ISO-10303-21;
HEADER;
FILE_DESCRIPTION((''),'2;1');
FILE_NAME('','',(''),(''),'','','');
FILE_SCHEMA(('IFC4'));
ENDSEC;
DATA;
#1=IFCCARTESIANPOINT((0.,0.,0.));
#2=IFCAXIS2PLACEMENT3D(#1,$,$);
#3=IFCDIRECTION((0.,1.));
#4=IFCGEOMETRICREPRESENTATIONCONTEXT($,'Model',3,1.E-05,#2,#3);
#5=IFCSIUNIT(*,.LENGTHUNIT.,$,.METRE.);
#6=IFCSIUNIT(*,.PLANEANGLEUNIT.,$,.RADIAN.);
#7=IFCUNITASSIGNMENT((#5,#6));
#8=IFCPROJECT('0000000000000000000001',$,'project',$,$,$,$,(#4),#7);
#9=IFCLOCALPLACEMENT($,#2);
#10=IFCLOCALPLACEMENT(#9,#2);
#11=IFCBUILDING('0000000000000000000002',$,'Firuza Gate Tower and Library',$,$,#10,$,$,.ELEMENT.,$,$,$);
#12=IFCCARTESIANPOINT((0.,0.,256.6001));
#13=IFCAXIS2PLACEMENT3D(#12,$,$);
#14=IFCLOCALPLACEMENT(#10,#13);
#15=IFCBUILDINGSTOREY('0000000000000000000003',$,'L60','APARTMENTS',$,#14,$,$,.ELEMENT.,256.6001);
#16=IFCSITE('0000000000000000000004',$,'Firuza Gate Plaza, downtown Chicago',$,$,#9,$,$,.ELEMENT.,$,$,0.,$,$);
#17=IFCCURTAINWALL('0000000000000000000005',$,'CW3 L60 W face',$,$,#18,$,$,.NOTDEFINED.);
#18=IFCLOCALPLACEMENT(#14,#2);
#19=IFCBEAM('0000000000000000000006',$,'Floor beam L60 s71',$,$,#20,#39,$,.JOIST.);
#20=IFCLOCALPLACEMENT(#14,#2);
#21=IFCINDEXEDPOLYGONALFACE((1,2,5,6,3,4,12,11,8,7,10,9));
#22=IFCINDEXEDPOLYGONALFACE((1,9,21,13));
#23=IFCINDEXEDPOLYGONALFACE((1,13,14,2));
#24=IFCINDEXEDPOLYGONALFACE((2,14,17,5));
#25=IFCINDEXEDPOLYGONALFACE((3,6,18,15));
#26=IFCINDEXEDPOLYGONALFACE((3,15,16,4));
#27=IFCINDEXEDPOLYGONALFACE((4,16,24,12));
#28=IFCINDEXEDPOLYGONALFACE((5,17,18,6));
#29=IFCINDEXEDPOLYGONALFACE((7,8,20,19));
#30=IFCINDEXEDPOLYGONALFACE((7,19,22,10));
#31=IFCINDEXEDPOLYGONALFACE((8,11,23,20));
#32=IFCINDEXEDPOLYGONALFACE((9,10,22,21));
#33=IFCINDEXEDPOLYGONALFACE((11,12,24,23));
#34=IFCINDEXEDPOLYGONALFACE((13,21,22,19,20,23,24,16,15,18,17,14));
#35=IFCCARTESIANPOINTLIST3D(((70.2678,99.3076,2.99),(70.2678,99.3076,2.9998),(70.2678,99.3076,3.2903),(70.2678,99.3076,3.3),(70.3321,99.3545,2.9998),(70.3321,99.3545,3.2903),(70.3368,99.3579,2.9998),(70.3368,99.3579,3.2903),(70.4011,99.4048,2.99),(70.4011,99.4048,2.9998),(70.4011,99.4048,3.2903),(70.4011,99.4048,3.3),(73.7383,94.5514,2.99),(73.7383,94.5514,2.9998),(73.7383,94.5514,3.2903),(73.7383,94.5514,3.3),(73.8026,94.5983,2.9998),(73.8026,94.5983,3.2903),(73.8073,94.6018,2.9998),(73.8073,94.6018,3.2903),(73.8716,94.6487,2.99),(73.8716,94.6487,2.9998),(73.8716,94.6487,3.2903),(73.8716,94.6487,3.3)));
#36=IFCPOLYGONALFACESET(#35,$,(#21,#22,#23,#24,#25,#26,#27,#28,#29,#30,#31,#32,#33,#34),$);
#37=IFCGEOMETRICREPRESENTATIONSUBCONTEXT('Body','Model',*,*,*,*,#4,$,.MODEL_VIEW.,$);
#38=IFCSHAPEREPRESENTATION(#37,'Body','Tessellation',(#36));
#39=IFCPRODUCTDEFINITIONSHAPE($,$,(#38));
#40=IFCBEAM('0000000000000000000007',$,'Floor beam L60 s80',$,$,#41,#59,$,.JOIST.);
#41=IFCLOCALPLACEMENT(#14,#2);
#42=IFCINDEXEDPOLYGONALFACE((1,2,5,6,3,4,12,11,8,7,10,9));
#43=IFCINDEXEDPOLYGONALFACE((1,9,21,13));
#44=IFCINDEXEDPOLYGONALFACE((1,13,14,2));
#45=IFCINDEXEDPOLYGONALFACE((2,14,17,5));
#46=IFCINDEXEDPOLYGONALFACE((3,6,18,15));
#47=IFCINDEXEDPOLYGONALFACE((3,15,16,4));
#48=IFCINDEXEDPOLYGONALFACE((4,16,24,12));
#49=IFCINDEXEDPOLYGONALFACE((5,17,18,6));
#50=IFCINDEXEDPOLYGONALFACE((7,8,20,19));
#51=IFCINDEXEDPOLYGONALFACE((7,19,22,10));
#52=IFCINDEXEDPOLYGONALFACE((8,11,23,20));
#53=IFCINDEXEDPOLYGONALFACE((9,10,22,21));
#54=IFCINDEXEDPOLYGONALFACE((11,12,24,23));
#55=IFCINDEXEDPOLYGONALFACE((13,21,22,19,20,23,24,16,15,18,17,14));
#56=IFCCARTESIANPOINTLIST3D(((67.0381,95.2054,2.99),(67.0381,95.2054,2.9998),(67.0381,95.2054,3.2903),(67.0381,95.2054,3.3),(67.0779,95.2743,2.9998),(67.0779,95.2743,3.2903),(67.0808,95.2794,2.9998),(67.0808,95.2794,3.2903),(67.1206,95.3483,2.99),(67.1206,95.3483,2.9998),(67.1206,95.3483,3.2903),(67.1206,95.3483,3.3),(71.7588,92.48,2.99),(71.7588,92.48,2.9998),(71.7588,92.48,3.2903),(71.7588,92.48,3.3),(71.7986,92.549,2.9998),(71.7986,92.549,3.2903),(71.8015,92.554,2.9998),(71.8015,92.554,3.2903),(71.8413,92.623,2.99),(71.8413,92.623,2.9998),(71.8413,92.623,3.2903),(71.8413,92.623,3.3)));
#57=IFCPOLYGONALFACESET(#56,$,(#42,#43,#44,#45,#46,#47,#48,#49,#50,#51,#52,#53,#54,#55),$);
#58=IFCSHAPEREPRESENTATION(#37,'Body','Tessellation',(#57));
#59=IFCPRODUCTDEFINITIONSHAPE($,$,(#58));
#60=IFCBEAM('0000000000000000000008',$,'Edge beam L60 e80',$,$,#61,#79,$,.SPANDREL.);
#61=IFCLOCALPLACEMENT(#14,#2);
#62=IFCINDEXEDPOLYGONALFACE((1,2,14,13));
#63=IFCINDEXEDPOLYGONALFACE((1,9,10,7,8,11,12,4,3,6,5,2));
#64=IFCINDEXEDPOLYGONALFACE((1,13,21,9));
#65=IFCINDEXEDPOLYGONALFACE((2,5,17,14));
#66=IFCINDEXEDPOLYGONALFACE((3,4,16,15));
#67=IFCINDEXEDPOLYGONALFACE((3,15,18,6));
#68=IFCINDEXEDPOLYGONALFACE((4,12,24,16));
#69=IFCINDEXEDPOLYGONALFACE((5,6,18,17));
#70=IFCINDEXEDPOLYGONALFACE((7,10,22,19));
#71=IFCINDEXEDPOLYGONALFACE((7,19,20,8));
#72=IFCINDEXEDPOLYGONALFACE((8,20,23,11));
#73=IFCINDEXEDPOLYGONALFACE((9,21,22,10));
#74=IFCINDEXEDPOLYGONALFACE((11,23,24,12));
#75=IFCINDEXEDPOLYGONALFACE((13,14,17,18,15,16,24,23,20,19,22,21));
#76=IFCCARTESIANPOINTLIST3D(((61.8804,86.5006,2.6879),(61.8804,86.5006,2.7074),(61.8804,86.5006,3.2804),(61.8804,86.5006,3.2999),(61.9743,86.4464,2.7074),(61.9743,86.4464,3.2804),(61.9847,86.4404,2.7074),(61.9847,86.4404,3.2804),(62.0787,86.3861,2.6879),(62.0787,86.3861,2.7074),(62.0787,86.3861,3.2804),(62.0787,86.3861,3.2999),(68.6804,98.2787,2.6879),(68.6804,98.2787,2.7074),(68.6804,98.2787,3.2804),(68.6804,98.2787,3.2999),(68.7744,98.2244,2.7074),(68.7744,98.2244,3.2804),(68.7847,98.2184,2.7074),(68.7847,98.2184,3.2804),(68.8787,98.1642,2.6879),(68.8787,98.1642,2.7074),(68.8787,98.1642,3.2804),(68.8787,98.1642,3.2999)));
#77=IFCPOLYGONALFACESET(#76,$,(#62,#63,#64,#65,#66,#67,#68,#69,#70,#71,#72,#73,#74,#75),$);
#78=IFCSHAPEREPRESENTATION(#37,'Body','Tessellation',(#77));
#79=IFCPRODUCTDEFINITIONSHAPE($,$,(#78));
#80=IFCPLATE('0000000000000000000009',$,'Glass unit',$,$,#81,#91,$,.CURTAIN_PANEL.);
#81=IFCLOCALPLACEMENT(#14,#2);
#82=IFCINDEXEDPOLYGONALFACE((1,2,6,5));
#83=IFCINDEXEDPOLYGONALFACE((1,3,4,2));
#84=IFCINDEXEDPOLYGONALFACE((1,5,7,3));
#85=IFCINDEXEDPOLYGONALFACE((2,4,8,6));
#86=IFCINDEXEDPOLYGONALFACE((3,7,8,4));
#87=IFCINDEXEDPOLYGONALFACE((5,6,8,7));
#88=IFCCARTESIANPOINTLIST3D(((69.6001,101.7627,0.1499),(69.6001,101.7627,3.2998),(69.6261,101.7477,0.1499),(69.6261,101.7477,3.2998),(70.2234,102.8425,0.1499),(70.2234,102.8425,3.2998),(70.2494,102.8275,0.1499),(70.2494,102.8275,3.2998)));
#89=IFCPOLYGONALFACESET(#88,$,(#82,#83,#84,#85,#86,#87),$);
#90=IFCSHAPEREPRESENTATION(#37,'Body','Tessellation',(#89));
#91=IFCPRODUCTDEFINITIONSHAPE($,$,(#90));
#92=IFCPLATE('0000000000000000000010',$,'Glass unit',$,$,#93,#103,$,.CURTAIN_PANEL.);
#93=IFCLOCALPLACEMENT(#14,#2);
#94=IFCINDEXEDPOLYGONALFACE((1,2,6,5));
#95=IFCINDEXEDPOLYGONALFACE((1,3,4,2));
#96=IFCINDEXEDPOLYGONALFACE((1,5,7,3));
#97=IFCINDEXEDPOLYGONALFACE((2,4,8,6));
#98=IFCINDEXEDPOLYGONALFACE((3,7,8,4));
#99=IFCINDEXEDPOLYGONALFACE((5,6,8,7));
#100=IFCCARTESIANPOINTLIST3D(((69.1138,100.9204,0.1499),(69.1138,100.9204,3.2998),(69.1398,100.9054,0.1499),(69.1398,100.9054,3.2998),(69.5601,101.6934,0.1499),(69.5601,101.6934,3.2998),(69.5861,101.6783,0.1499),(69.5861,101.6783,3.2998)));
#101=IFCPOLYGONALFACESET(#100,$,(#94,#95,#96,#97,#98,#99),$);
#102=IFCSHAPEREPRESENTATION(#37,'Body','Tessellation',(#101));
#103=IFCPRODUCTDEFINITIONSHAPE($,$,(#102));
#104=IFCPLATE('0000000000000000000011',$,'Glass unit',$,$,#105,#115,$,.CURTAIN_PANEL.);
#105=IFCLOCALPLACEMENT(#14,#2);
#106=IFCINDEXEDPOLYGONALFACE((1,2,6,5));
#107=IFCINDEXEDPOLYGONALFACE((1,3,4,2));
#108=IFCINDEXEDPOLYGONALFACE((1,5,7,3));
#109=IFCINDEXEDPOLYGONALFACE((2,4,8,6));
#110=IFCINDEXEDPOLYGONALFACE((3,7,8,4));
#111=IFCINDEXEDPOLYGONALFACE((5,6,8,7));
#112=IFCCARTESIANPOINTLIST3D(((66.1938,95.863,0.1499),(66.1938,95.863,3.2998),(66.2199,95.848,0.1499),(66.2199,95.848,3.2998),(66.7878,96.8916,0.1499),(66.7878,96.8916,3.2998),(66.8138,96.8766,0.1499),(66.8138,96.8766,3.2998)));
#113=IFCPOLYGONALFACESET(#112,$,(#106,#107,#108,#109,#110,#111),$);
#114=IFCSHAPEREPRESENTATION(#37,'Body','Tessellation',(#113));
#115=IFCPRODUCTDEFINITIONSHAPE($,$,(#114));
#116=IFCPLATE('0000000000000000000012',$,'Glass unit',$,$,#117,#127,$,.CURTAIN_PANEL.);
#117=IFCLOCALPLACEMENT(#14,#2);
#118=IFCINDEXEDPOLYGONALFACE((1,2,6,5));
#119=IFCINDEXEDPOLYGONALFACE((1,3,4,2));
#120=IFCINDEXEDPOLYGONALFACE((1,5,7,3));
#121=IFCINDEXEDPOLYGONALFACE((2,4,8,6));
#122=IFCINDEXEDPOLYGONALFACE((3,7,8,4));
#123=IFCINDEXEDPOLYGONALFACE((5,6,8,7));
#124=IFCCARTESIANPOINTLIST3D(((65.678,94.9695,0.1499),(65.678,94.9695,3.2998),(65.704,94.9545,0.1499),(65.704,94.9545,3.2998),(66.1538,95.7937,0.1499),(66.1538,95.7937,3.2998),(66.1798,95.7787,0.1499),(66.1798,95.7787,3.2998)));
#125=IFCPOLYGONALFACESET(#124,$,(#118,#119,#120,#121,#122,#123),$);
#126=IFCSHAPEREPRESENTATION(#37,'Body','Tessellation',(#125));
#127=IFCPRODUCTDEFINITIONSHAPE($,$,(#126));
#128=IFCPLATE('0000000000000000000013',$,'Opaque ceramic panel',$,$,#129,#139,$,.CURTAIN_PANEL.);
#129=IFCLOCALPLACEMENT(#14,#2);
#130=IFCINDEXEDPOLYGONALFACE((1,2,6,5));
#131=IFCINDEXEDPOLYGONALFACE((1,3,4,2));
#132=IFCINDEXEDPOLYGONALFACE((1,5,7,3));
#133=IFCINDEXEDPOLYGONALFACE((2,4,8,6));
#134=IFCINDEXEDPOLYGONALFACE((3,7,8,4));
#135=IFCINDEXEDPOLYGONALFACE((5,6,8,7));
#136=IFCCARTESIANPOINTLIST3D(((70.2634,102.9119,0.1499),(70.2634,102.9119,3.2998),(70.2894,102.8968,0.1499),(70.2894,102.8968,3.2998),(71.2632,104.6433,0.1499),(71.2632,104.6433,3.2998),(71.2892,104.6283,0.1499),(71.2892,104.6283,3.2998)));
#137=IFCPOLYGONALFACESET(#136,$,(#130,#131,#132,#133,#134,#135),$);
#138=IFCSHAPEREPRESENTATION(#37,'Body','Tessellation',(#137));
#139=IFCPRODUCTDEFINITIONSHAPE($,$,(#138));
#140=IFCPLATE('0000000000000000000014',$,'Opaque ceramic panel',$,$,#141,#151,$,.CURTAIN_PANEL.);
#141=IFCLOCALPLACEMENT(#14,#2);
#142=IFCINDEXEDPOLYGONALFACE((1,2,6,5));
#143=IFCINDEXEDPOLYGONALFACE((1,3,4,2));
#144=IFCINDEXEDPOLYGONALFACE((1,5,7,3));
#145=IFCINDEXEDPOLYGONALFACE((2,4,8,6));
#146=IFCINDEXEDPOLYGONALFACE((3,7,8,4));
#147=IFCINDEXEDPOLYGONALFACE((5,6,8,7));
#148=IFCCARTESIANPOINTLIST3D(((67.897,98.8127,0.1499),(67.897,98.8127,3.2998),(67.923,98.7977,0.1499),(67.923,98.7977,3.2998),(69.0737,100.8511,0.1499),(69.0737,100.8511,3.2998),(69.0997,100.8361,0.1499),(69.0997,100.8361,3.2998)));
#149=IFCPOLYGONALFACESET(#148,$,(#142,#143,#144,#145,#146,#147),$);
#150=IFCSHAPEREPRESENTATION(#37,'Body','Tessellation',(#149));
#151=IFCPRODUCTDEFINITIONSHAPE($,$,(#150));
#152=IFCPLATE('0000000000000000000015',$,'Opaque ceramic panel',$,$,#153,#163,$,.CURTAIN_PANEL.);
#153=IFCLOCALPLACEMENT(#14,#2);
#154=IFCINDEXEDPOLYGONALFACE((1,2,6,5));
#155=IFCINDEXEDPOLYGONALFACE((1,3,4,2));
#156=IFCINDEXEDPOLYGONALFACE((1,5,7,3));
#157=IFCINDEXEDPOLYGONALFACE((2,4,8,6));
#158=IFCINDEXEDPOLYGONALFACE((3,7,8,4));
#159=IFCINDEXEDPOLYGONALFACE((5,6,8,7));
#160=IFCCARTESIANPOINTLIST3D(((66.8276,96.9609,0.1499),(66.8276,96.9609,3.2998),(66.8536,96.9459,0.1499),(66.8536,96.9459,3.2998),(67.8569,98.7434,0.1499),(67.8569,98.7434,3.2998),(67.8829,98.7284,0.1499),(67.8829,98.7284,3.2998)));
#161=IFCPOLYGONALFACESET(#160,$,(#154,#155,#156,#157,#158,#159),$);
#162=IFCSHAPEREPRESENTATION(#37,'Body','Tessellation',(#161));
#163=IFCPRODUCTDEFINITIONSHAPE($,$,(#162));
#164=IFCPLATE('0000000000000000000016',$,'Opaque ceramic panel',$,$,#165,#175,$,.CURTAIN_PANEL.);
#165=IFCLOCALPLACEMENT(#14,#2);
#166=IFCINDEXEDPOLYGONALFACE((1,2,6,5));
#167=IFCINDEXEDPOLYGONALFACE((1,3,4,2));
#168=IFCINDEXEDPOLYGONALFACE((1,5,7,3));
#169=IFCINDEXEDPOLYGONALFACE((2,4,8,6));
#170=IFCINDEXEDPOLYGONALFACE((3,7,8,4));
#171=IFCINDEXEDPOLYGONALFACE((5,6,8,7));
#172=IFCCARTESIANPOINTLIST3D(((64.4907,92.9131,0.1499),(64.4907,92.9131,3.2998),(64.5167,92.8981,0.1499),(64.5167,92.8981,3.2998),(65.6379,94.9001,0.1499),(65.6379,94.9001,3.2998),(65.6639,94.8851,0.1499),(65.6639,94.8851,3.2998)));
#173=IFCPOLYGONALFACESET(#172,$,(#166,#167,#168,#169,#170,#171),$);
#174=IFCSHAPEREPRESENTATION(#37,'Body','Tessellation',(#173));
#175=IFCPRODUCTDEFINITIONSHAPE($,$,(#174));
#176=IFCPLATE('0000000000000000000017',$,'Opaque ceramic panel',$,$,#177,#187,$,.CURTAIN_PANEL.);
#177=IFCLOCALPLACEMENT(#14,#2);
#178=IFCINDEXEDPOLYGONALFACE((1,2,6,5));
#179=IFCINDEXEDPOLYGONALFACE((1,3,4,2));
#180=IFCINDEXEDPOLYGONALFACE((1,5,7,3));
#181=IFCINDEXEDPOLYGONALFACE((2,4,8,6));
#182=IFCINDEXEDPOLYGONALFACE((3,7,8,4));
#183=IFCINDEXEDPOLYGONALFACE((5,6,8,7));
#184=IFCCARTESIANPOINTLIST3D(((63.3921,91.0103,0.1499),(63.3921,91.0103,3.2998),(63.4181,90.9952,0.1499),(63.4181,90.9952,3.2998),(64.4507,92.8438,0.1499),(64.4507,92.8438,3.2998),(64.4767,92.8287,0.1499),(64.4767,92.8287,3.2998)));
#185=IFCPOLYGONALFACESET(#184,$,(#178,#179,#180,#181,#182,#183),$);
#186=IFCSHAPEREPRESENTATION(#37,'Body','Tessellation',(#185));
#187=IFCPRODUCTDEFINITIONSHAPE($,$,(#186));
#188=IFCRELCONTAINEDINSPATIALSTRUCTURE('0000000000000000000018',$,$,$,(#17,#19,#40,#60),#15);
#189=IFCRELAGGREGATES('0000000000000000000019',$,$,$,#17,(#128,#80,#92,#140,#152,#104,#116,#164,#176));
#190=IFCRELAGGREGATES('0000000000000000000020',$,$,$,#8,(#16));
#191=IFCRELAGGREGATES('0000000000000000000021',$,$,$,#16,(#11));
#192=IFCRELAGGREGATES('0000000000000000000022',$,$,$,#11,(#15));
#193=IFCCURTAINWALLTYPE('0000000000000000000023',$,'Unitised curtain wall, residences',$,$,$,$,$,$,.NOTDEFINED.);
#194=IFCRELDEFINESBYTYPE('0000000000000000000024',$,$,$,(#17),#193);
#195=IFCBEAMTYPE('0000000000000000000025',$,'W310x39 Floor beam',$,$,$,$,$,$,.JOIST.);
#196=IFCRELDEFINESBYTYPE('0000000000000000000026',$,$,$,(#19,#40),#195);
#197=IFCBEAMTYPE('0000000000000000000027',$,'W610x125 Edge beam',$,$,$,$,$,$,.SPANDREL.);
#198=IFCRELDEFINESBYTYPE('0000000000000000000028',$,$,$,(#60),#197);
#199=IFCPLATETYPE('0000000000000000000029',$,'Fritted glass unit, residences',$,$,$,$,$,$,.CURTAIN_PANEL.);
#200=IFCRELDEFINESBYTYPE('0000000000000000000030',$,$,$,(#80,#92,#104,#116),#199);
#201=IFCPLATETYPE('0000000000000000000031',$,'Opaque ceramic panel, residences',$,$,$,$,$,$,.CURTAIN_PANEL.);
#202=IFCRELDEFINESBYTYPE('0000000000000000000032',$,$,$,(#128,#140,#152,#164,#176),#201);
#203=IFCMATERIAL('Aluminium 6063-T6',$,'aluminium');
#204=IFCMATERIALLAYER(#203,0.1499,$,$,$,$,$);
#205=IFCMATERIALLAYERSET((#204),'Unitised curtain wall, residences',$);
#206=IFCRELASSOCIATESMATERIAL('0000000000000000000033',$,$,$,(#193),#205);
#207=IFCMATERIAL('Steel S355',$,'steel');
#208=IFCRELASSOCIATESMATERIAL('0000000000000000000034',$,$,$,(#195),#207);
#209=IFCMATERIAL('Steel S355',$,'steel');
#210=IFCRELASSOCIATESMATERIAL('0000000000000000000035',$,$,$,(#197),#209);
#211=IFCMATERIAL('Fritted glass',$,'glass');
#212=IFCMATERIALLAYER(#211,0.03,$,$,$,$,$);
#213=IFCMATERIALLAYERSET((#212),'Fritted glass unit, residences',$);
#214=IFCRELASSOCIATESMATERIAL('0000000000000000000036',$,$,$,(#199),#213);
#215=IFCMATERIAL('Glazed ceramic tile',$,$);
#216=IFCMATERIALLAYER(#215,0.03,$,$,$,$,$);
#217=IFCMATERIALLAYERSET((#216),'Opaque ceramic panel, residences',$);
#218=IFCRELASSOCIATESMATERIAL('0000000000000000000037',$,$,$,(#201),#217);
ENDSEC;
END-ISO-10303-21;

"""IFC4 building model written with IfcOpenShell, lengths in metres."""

from ifc_helpers import new_model, si_unit, direction, frame, origin, origin_2d, place, context, subcontext, project, spatial, polyline, i_section, outline, extrude, material, layer, layer_set, material_profile, profile_set, type_object, element, aggregate, save


model = new_model("IFC4")

# Units and contexts
model_context = context("Model", 3, precision=1e-05, world=origin(), true_north=direction((0.0, 1.0)))
body_context = subcontext(model_context, "Body", "Model", "MODEL_VIEW")
ifc_project = project(units=[si_unit("LENGTHUNIT", "METRE"), si_unit("PLANEANGLEUNIT", "RADIAN")], contexts=[model_context])

# Site, building, storey
site_placement = place(None, origin())
site = spatial("IfcSite", under=ifc_project, at=site_placement, Name="Firuza Gate Plaza, downtown Chicago", CompositionType="ELEMENT", RefElevation=0.0)
building_placement = place(site_placement, origin())
building = spatial("IfcBuilding", under=site, at=building_placement, Name="Firuza Gate Tower and Library", CompositionType="ELEMENT")
storey_placement = place(building_placement, frame((0.0, 0.0, 256.6001)))
storey = spatial("IfcBuildingStorey", under=building, at=storey_placement, Name="L60", Description="APARTMENTS", CompositionType="ELEMENT", Elevation=256.6001)

# Curtain wall
ifc_material_1 = material(Name="Aluminium 6063-T6", Category="aluminium")
ifc_layer_1 = layer(ifc_material_1, 0.1499)
ifc_layer_set_1 = layer_set([ifc_layer_1], Name="Unitised curtain wall, residences")
curtain_wall_type = type_object("IfcCurtainWallType", Name="Unitised curtain wall, residences", PredefinedType="NOTDEFINED", material=ifc_layer_set_1)
curtain_wall_placement = place(storey_placement, origin())
curtain_wall = element("IfcCurtainWall", 1, at=curtain_wall_placement, inside=storey, type_object=curtain_wall_type, Name="CW3 L60 W face", PredefinedType="NOTDEFINED")

# Beams
ifc_material_2 = material(Name="Steel S355", Category="steel")
ifc_material_profile_1 = material_profile(ifc_material_2, i_section(OverallWidth=0.165, OverallDepth=0.3101, WebThickness=0.0059, FlangeThickness=0.0098, at=origin_2d()))
ifc_profile_set_1 = profile_set([ifc_material_profile_1], Name="Steel S355")
beam_type_1 = type_object("IfcBeamType", Name="W310x39 Floor beam", PredefinedType="JOIST", material=ifc_profile_set_1)
beam_1_placement = place(storey_placement, frame((70.3345, 99.3562, 3.145), z_axis=(0.589446, -0.807808, 0.0), x_axis=(0.807808, 0.589446, 0.0)))
element("IfcBeam", 2, at=beam_1_placement, inside=storey, type_object=beam_type_1, Name="Floor beam L60 s71", PredefinedType="JOIST", context=body_context, shape_type="SweptSolid", body=[
    extrude(i_section(OverallWidth=0.165, OverallDepth=0.3101, WebThickness=0.0059, FlangeThickness=0.0098, at=origin_2d()), origin(), (0.0, 0.0, 1.0), 5.8877),
])
beam_2_placement = place(storey_placement, frame((67.0793, 95.2769, 3.145), z_axis=(0.866038, -0.499978, 0.0), x_axis=(0.499978, 0.866038, 0.0)))
element("IfcBeam", 3, at=beam_2_placement, inside=storey, type_object=beam_type_1, Name="Floor beam L60 s80", PredefinedType="JOIST", context=body_context, shape_type="SweptSolid", body=[
    extrude(i_section(OverallWidth=0.165, OverallDepth=0.3101, WebThickness=0.0059, FlangeThickness=0.0098, at=origin_2d()), origin(), (0.0, 0.0, 1.0), 5.4509),
])
ifc_material_3 = material(Name="Steel S355", Category="steel")
ifc_material_profile_2 = material_profile(ifc_material_3, i_section(OverallWidth=0.229, OverallDepth=0.6121, WebThickness=0.012, FlangeThickness=0.0195, at=origin_2d()))
ifc_profile_set_2 = profile_set([ifc_material_profile_2], Name="Steel S355")
beam_type_2 = type_object("IfcBeamType", Name="W610x125 Edge beam", PredefinedType="SPANDREL", material=ifc_profile_set_2)
beam_3_placement = place(storey_placement, frame((68.7795, 98.2214, 2.9939), z_axis=(-0.499999, -0.866026, 0.0), x_axis=(0.866026, -0.499999, 0.0)))
element("IfcBeam", 4, at=beam_3_placement, inside=storey, type_object=beam_type_2, Name="Edge beam L60 e80", PredefinedType="SPANDREL", context=body_context, shape_type="SweptSolid", body=[
    extrude(i_section(OverallWidth=0.229, OverallDepth=0.6121, WebThickness=0.012, FlangeThickness=0.0195, at=origin_2d()), origin(), (0.0, 0.0, 1.0), 13.6001),
])

# Plates
ifc_material_4 = material(Name="Fritted glass", Category="glass")
ifc_layer_2 = layer(ifc_material_4, 0.03)
ifc_layer_set_2 = layer_set([ifc_layer_2], Name="Fritted glass unit, residences")
plate_type_1 = type_object("IfcPlateType", Name="Fritted glass unit, residences", PredefinedType="CURTAIN_PANEL", material=ifc_layer_set_2)
plate_1_placement = place(storey_placement, frame((70.2234, 102.8425, 0.1499), z_axis=(-0.866078, 0.499909, 0.0), x_axis=(-0.499909, -0.866078, 0.0)))
plate_1 = element("IfcPlate", 5, at=plate_1_placement, type_object=plate_type_1, Name="Glass unit", PredefinedType="CURTAIN_PANEL", context=body_context, shape_type="SweptSolid", body=[
    extrude(outline(polyline([(0.0, 0.0), (1.2468, 0.0), (1.2468, 3.1499), (0.0, 3.1499), (0.0, 0.0)])), origin(), (0.0, 0.0, -1.0), 0.03),
])
plate_2_placement = place(storey_placement, frame((69.5601, 101.6934, 0.1499), z_axis=(-0.866012, 0.500022, 0.0), x_axis=(-0.500022, -0.866012, 0.0)))
plate_2 = element("IfcPlate", 6, at=plate_2_placement, type_object=plate_type_1, Name="Glass unit", PredefinedType="CURTAIN_PANEL", context=body_context, shape_type="SweptSolid", body=[
    extrude(outline(polyline([(0.0, 0.0), (0.8925, 0.0), (0.8925, 3.1499), (0.0, 3.1499), (0.0, 0.0)])), origin(), (0.0, 0.0, -1.0), 0.03),
])
plate_3_placement = place(storey_placement, frame((66.7878, 96.8916, 0.1499), z_axis=(-0.86597, 0.500096, 0.0), x_axis=(-0.500096, -0.86597, 0.0)))
plate_3 = element("IfcPlate", 7, at=plate_3_placement, type_object=plate_type_1, Name="Glass unit", PredefinedType="CURTAIN_PANEL", context=body_context, shape_type="SweptSolid", body=[
    extrude(outline(polyline([(0.0, 0.0), (1.1878, 0.0), (1.1878, 3.1499), (0.0, 3.1499), (0.0, 0.0)])), origin(), (0.0, 0.0, -1.0), 0.03),
])
plate_4_placement = place(storey_placement, frame((66.1538, 95.7937, 0.1499), z_axis=(-0.86604, 0.499974, 0.0), x_axis=(-0.499974, -0.86604, 0.0)))
plate_4 = element("IfcPlate", 8, at=plate_4_placement, type_object=plate_type_1, Name="Glass unit", PredefinedType="CURTAIN_PANEL", context=body_context, shape_type="SweptSolid", body=[
    extrude(outline(polyline([(0.0, 0.0), (0.9517, 0.0), (0.9517, 3.1499), (0.0, 3.1499), (0.0, 0.0)])), origin(), (0.0, 0.0, -1.0), 0.03),
])
ifc_material_5 = material(Name="Glazed ceramic tile")
ifc_layer_3 = layer(ifc_material_5, 0.03)
ifc_layer_set_3 = layer_set([ifc_layer_3], Name="Opaque ceramic panel, residences")
plate_type_2 = type_object("IfcPlateType", Name="Opaque ceramic panel, residences", PredefinedType="CURTAIN_PANEL", material=ifc_layer_set_3)
plate_5_placement = place(storey_placement, frame((71.2632, 104.6433, 0.1499), z_axis=(-0.866003, 0.50004, 0.0), x_axis=(-0.50004, -0.866003, 0.0)))
plate_5 = element("IfcPlate", 9, at=plate_5_placement, type_object=plate_type_2, Name="Opaque ceramic panel", PredefinedType="CURTAIN_PANEL", context=body_context, shape_type="SweptSolid", body=[
    extrude(outline(polyline([(0.0, 0.0), (1.9994, 0.0), (1.9994, 3.1499), (0.0, 3.1499), (0.0, 0.0)])), origin(), (0.0, 0.0, -1.0), 0.03),
])
plate_6_placement = place(storey_placement, frame((69.0737, 100.8511, 0.1499), z_axis=(-0.866039, 0.499977, 0.0), x_axis=(-0.499977, -0.866039, 0.0)))
plate_6 = element("IfcPlate", 10, at=plate_6_placement, type_object=plate_type_2, Name="Opaque ceramic panel", PredefinedType="CURTAIN_PANEL", context=body_context, shape_type="SweptSolid", body=[
    extrude(outline(polyline([(0.0, 0.0), (2.3536, 0.0), (2.3536, 3.1499), (0.0, 3.1499), (0.0, 0.0)])), origin(), (0.0, 0.0, -1.0), 0.03),
])
plate_7_placement = place(storey_placement, frame((67.8569, 98.7434, 0.1499), z_axis=(-0.865986, 0.500068, 0.0), x_axis=(-0.500068, -0.865986, 0.0)))
plate_7 = element("IfcPlate", 11, at=plate_7_placement, type_object=plate_type_2, Name="Opaque ceramic panel", PredefinedType="CURTAIN_PANEL", context=body_context, shape_type="SweptSolid", body=[
    extrude(outline(polyline([(0.0, 0.0), (2.0583, 0.0), (2.0583, 3.1499), (0.0, 3.1499), (0.0, 0.0)])), origin(), (0.0, 0.0, -1.0), 0.03),
])
plate_8_placement = place(storey_placement, frame((65.6379, 94.9001, 0.1499), z_axis=(-0.866028, 0.499996, 0.0), x_axis=(-0.499996, -0.866028, 0.0)))
plate_8 = element("IfcPlate", 12, at=plate_8_placement, type_object=plate_type_2, Name="Opaque ceramic panel", PredefinedType="CURTAIN_PANEL", context=body_context, shape_type="SweptSolid", body=[
    extrude(outline(polyline([(0.0, 0.0), (2.2945, 0.0), (2.2945, 3.1499), (0.0, 3.1499), (0.0, 0.0)])), origin(), (0.0, 0.0, -1.0), 0.03),
])
plate_9_placement = place(storey_placement, frame((64.4507, 92.8438, 0.1499), z_axis=(-0.86602, 0.500009, 0.0), x_axis=(-0.500009, -0.86602, 0.0)))
plate_9 = element("IfcPlate", 13, at=plate_9_placement, type_object=plate_type_2, Name="Opaque ceramic panel", PredefinedType="CURTAIN_PANEL", context=body_context, shape_type="SweptSolid", body=[
    extrude(outline(polyline([(0.0, 0.0), (2.1172, 0.0), (2.1172, 3.1499), (0.0, 3.1499), (0.0, 0.0)])), origin(), (0.0, 0.0, -1.0), 0.03),
])
aggregate(curtain_wall, [plate_5, plate_1, plate_2, plate_6, plate_7, plate_3, plate_4, plate_8, plate_9])

save(model, "model.ifc")
